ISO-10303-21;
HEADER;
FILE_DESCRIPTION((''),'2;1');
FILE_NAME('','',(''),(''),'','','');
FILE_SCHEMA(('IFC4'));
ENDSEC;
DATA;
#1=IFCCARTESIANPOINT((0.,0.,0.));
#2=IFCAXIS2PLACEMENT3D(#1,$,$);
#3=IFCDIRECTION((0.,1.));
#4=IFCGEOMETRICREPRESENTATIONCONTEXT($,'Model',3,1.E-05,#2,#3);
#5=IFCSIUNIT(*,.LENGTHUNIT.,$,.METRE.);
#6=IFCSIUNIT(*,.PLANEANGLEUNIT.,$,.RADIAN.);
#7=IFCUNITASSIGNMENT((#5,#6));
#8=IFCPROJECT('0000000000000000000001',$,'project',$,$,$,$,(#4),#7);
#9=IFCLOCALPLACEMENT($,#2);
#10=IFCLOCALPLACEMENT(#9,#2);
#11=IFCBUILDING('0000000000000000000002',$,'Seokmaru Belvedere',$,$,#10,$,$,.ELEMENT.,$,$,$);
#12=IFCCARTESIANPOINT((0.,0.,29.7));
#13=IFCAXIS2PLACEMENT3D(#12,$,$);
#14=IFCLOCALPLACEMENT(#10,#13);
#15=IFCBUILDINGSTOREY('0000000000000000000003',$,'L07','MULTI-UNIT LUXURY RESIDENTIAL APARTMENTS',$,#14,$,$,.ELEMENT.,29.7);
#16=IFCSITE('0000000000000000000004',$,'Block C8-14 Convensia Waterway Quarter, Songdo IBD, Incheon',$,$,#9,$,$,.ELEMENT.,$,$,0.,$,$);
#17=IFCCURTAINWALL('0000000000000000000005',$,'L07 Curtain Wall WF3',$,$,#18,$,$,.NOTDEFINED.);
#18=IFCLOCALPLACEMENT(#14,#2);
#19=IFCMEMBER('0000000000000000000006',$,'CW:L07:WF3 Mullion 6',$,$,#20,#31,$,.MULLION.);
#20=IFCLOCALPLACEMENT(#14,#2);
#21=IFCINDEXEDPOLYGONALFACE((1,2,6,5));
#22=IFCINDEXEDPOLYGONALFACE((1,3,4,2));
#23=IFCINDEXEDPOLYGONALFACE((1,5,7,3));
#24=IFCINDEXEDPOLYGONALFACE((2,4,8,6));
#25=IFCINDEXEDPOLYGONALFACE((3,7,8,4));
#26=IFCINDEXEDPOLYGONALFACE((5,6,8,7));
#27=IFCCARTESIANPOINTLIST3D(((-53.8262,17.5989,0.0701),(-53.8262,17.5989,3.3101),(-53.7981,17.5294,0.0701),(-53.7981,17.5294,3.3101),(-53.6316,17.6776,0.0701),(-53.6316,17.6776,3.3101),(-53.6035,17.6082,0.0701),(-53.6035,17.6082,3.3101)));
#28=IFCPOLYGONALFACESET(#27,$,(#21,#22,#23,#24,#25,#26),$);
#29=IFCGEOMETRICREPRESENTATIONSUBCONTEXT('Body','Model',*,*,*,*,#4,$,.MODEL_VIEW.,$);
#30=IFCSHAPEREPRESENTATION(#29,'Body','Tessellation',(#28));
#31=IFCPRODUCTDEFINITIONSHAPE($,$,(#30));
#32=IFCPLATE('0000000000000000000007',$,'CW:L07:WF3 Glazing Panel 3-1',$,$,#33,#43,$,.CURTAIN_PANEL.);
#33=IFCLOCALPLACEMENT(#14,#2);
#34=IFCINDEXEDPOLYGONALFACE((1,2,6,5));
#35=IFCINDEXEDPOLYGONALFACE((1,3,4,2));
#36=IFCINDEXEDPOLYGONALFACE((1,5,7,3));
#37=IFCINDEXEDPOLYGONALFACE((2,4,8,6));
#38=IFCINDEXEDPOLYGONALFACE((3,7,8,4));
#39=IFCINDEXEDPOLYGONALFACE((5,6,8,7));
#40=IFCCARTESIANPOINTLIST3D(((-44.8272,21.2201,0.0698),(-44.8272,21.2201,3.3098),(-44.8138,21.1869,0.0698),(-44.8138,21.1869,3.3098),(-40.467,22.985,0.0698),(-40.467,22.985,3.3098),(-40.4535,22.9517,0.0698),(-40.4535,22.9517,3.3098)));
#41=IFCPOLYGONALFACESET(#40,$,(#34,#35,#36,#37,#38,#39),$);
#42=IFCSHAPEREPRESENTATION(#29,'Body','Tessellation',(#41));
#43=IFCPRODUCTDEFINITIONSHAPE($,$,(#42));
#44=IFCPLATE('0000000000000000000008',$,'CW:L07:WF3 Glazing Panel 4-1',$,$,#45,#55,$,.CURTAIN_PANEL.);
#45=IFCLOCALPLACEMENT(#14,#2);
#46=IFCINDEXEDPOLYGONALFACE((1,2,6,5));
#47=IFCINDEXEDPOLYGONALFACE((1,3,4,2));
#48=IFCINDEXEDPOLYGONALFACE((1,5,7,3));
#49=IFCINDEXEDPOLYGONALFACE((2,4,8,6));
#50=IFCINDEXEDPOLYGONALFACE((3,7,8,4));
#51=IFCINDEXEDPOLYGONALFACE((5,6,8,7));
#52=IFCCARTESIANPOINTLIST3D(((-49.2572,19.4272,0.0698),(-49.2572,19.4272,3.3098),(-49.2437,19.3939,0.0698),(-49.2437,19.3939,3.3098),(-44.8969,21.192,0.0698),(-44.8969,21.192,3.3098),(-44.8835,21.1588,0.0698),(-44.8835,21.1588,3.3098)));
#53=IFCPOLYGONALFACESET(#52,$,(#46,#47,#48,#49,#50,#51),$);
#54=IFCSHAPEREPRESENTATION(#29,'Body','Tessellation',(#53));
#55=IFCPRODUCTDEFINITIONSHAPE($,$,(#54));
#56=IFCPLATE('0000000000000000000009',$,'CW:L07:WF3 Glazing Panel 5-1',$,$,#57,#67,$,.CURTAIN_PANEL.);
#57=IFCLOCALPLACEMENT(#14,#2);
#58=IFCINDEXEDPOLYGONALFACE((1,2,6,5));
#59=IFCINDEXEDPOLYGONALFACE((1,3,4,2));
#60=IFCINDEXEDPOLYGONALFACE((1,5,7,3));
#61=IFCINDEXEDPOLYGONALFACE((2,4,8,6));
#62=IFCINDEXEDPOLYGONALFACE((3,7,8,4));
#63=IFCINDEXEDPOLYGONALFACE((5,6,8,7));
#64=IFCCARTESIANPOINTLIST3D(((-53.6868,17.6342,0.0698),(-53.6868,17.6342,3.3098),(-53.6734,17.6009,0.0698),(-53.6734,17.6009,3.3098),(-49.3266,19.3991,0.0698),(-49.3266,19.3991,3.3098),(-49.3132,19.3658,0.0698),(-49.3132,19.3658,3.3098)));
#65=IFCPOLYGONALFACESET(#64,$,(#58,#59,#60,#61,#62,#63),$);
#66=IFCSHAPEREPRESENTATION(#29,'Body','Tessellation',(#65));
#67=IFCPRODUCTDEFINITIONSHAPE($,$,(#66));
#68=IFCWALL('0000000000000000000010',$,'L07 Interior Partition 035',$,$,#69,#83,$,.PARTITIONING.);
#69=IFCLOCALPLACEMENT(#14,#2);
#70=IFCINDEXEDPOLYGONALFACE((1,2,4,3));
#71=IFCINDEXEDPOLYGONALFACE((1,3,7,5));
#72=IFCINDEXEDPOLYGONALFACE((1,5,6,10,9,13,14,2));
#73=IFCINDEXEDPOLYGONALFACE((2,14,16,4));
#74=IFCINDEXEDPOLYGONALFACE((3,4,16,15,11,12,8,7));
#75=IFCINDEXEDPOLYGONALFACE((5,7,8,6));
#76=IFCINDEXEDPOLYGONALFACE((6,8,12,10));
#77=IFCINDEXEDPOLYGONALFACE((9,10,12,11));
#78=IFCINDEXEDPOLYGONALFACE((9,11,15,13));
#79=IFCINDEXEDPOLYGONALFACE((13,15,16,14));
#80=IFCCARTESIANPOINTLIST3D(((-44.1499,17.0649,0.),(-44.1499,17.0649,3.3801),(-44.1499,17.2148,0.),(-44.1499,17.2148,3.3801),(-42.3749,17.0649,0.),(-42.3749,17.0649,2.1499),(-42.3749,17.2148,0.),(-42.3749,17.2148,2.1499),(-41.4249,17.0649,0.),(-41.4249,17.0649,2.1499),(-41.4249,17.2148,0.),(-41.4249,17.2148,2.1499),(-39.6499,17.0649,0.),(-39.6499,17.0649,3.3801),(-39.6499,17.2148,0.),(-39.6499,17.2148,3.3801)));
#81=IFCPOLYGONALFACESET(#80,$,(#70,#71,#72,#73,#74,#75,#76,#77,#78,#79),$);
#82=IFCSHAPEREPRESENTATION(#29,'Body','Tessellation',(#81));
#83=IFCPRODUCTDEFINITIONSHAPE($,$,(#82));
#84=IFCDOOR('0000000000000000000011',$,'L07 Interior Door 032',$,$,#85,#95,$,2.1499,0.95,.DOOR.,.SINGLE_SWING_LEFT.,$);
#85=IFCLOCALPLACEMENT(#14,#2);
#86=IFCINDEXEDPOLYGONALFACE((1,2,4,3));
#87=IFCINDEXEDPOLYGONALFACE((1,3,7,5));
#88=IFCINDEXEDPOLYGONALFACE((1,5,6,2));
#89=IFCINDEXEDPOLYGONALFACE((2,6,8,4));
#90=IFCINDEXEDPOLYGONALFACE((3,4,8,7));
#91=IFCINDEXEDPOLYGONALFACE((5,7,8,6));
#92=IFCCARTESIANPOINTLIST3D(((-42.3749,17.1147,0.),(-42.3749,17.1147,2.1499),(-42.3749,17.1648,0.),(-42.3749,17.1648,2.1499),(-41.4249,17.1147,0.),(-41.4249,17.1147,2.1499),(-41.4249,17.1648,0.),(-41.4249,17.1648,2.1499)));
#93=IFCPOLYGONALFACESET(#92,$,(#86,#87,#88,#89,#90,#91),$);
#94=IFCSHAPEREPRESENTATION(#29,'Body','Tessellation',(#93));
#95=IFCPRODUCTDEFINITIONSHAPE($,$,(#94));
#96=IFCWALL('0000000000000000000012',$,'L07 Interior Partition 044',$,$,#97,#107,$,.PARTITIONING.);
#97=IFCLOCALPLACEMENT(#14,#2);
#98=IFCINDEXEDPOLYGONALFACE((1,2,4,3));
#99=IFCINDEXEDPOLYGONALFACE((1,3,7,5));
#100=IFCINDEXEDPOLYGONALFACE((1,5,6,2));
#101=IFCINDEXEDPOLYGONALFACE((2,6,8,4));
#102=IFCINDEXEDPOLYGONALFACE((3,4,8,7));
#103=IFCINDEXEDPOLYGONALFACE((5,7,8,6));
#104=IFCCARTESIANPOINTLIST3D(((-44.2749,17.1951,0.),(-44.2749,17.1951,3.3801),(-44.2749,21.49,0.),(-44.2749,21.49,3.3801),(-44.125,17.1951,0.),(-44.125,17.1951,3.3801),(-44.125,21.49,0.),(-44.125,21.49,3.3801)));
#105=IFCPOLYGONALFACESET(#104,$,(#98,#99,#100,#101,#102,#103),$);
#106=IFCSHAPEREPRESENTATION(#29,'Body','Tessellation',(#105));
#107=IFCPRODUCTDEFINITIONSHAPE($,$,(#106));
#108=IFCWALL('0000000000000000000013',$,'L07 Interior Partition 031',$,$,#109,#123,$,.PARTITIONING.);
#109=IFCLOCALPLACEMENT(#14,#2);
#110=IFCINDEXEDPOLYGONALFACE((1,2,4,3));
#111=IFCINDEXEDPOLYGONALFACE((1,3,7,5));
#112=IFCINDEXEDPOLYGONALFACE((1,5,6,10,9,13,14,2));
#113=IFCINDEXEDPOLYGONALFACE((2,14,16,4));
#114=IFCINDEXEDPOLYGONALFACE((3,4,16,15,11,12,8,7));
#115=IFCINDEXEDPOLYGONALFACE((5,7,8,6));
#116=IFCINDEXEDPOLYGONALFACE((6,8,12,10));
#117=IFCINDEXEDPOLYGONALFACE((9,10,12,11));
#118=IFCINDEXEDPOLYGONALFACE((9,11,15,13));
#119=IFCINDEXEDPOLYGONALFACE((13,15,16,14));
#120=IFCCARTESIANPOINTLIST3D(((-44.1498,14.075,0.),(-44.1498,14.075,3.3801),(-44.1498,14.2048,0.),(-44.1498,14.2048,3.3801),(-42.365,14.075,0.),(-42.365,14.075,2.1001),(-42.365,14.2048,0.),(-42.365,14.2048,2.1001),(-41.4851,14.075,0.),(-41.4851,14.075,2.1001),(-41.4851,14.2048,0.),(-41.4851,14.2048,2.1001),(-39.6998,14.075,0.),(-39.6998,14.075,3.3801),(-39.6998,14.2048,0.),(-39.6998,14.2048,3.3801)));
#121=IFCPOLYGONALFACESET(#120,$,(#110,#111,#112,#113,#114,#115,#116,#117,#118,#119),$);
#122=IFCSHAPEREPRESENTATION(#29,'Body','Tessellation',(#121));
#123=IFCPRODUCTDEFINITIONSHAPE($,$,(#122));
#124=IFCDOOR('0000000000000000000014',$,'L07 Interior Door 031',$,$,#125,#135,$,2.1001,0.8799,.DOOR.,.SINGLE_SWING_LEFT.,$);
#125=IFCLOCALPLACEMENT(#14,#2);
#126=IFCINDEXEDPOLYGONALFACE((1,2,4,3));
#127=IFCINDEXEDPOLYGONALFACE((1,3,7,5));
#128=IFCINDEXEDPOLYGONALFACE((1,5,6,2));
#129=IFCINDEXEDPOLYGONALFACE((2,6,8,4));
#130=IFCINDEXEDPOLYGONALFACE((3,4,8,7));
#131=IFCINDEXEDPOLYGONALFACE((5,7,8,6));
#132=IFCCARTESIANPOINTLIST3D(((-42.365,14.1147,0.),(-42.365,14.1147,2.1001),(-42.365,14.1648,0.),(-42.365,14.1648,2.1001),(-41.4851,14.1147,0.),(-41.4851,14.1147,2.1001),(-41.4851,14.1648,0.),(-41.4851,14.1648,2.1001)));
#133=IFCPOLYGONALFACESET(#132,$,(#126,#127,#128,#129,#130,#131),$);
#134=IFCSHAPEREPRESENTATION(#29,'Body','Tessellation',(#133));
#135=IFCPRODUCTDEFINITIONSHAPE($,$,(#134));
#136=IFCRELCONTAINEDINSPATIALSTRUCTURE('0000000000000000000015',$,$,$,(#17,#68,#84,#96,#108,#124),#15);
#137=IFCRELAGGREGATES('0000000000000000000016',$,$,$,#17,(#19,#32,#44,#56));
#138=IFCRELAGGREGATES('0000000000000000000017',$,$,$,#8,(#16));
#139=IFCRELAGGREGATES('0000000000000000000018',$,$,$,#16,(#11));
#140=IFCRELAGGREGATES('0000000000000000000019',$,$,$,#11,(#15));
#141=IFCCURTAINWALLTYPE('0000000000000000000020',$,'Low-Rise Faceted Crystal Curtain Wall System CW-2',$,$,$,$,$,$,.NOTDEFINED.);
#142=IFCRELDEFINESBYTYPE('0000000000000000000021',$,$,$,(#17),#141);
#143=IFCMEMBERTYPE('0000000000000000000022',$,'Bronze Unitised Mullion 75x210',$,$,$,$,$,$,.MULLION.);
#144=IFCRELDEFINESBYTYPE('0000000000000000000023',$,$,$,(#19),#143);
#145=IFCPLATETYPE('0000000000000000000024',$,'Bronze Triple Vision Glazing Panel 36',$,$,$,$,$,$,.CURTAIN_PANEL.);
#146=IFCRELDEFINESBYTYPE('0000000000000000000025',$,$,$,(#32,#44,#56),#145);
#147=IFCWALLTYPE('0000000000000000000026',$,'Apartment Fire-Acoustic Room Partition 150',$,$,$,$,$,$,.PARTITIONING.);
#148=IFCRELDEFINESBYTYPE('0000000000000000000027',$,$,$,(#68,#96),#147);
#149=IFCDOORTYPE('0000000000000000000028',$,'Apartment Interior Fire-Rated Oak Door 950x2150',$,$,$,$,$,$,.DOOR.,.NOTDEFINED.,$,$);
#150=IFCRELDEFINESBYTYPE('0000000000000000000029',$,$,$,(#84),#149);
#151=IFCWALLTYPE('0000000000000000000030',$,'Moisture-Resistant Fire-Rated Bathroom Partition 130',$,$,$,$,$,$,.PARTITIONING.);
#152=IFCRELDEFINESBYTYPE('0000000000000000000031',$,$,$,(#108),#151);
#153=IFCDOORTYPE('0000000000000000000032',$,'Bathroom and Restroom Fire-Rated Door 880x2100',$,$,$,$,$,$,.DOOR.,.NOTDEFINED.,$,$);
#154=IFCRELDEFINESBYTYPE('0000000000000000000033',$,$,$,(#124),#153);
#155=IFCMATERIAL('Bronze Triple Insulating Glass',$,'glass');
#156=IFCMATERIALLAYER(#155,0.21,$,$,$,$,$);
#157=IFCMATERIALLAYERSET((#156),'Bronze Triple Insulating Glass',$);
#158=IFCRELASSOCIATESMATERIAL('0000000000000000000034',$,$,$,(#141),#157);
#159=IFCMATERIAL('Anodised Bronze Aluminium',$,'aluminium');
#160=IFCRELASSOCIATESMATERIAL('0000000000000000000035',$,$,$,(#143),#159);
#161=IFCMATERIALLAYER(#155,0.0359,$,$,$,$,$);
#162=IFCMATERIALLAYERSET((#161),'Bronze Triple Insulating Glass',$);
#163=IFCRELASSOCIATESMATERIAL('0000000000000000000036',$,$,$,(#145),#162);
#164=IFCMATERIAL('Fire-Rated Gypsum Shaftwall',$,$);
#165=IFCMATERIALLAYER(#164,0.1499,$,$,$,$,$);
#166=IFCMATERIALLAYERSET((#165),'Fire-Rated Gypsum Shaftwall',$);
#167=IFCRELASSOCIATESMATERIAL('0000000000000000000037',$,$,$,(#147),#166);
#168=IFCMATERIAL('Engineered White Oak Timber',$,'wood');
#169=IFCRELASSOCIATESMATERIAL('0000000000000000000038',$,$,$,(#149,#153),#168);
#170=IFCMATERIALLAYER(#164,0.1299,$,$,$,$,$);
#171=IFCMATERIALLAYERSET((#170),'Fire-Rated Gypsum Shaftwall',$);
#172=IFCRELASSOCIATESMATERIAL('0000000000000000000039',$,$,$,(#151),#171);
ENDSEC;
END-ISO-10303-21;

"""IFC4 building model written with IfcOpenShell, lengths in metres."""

from ifc_helpers import new_model, si_unit, direction, frame, frame_2d, origin, origin_2d, place, context, subcontext, project, spatial, rectangle, extrude, source, transform, mapped, material, layer, layer_set, material_profile, profile_set, type_object, type_shapes, element, fill, aggregate, save


model = new_model("IFC4")

# Units and contexts
model_context = context("Model", 3, precision=1e-05, world=origin(), true_north=direction((0.0, 1.0)))
body_context = subcontext(model_context, "Body", "Model", "MODEL_VIEW")
ifc_project = project(units=[si_unit("LENGTHUNIT", "METRE"), si_unit("PLANEANGLEUNIT", "RADIAN")], contexts=[model_context])

# Site, building, storey
site_placement = place(None, origin())
site = spatial("IfcSite", under=ifc_project, at=site_placement, Name="Block C8-14 Convensia Waterway Quarter, Songdo IBD, Incheon", CompositionType="ELEMENT", RefElevation=0.0)
building_placement = place(site_placement, origin())
building = spatial("IfcBuilding", under=site, at=building_placement, Name="Seokmaru Belvedere", CompositionType="ELEMENT")
storey_placement = place(building_placement, frame((0.0, 0.0, 29.7)))
storey = spatial("IfcBuildingStorey", under=building, at=storey_placement, Name="L07", Description="MULTI-UNIT LUXURY RESIDENTIAL APARTMENTS", CompositionType="ELEMENT", Elevation=29.7)

# Curtain wall, member, plates
ifc_material_1 = material(Name="Bronze Triple Insulating Glass", Category="glass")
ifc_layer_1 = layer(ifc_material_1, 0.21)
ifc_layer_set_1 = layer_set([ifc_layer_1], Name="Bronze Triple Insulating Glass")
curtain_wall_type = type_object("IfcCurtainWallType", Name="Low-Rise Faceted Crystal Curtain Wall System CW-2", PredefinedType="NOTDEFINED", material=ifc_layer_set_1)
curtain_wall_placement = place(storey_placement, origin())
curtain_wall = element("IfcCurtainWall", 1, at=curtain_wall_placement, inside=storey, type_object=curtain_wall_type, Name="L07 Curtain Wall WF3", PredefinedType="NOTDEFINED")
ifc_material_2 = material(Name="Anodised Bronze Aluminium", Category="aluminium")
ifc_material_profile_1 = material_profile(ifc_material_2, rectangle(XDim=0.075, YDim=0.21, at=origin_2d()), Name="CW-M-75x210")
ifc_profile_set_1 = profile_set([ifc_material_profile_1], Name="Anodised Bronze Aluminium")
member_type = type_object("IfcMemberType", Name="Bronze Unitised Mullion 75x210", PredefinedType="MULLION", material=ifc_profile_set_1)
shared_shape_1 = source(origin(), body_context, "Body", "SweptSolid", [
    extrude(rectangle(XDim=0.075, YDim=0.21, at=origin_2d()), origin(), (0.0, 0.0, 1.0), 3.24),
])
type_shapes(member_type, [shared_shape_1])
member_1_placement = place(storey_placement, frame((-53.7148, 17.6035, 0.0701), z_axis=(0.0, 0.0, 1.0), x_axis=(0.375192, -0.926947, 0.0)))
member_1 = element("IfcMember", 2, at=member_1_placement, type_object=member_type, Name="CW:L07:WF3 Mullion 6", PredefinedType="MULLION", context=body_context, shape_type="MappedRepresentation", body=[
    mapped(shared_shape_1, transform((0.0, 0.0, 0.0), scale=1.0)),
])
ifc_layer_2 = layer(ifc_material_1, 0.0359)
ifc_layer_set_2 = layer_set([ifc_layer_2], Name="Bronze Triple Insulating Glass")
plate_type = type_object("IfcPlateType", Name="Bronze Triple Vision Glazing Panel 36", PredefinedType="CURTAIN_PANEL", material=ifc_layer_set_2)
shared_shape_2 = source(origin(), body_context, "Body", "SweptSolid", [
    extrude(rectangle(XDim=4.7039, YDim=0.0359, at=origin_2d()), origin(), (0.0, 0.0, 1.0), 3.24),
])
type_shapes(plate_type, [shared_shape_2])
plate_1_placement = place(storey_placement, frame((-42.6404, 22.0859, 0.0698), z_axis=(0.0, 0.0, 1.0), x_axis=(-0.926947, -0.375192, 0.0)))
plate_1 = element("IfcPlate", 3, at=plate_1_placement, type_object=plate_type, Name="CW:L07:WF3 Glazing Panel 3-1", PredefinedType="CURTAIN_PANEL", context=body_context, shape_type="MappedRepresentation", body=[
    mapped(shared_shape_2, transform((0.0, 0.0, 0.0), scale=1.0)),
])
plate_2_placement = place(storey_placement, frame((-47.0703, 20.293, 0.0698), z_axis=(0.0, 0.0, 1.0), x_axis=(-0.926947, -0.375192, 0.0)))
plate_2 = element("IfcPlate", 4, at=plate_2_placement, type_object=plate_type, Name="CW:L07:WF3 Glazing Panel 4-1", PredefinedType="CURTAIN_PANEL", context=body_context, shape_type="MappedRepresentation", body=[
    mapped(shared_shape_2, transform((0.0, 0.0, 0.0), scale=1.0)),
])
plate_3_placement = place(storey_placement, frame((-51.5, 18.5, 0.0698), z_axis=(0.0, 0.0, 1.0), x_axis=(-0.926947, -0.375192, 0.0)))
plate_3 = element("IfcPlate", 5, at=plate_3_placement, type_object=plate_type, Name="CW:L07:WF3 Glazing Panel 5-1", PredefinedType="CURTAIN_PANEL", context=body_context, shape_type="MappedRepresentation", body=[
    mapped(shared_shape_2, transform((0.0, 0.0, 0.0), scale=1.0)),
])
aggregate(curtain_wall, [member_1, plate_1, plate_2, plate_3])

# Wall, opening, door
ifc_material_3 = material(Name="Fire-Rated Gypsum Shaftwall")
ifc_layer_3 = layer(ifc_material_3, 0.1499)
ifc_layer_set_3 = layer_set([ifc_layer_3], Name="Fire-Rated Gypsum Shaftwall")
wall_type_1 = type_object("IfcWallType", Name="Apartment Fire-Acoustic Room Partition 150", PredefinedType="PARTITIONING", material=ifc_layer_set_3)
wall_1_placement = place(storey_placement, frame((-44.1499, 17.1399, 0.0), z_axis=(0.0, 0.0, 1.0), x_axis=(1.0, 0.0, 0.0)))
wall_1 = element("IfcWall", 6, at=wall_1_placement, inside=storey, type_object=wall_type_1, Name="L07 Interior Partition 035", PredefinedType="PARTITIONING", context=body_context, shape_type="SweptSolid", body=[
    extrude(rectangle(XDim=4.5, YDim=0.1499, at=frame_2d((2.25, 0.0))), origin(), (0.0, 0.0, 1.0), 3.3801),
])
opening_1_placement = place(wall_1_placement, frame((1.7749, 0.0, 0.0)))
opening_1 = element("IfcOpeningElement", 7, at=opening_1_placement, cuts=wall_1, PredefinedType="OPENING", context=body_context, shape_type="SweptSolid", body=[
    extrude(rectangle(XDim=0.95, YDim=2.1499, at=frame_2d((0.4751, 1.075))), frame((0.0, 0.085, 0.0), z_axis=(0.0, -1.0, 0.0), x_axis=(1.0, 0.0, 0.0)), (0.0, 0.0, 1.0), 0.1699),
])
ifc_material_4 = material(Name="Engineered White Oak Timber", Category="wood")
door_type_1 = type_object("IfcDoorType", Name="Apartment Interior Fire-Rated Oak Door 950x2150", OperationType="NOTDEFINED", PredefinedType="DOOR", material=ifc_material_4)
shared_shape_3 = source(origin(), body_context, "Body", "SweptSolid", [
    extrude(rectangle(XDim=0.95, YDim=2.1499, at=frame_2d((0.4751, 1.075))), frame((0.0, 0.0249, 0.0), z_axis=(0.0, -1.0, 0.0), x_axis=(1.0, 0.0, 0.0)), (0.0, 0.0, 1.0), 0.05),
])
type_shapes(door_type_1, [shared_shape_3])
door_1_placement = place(opening_1_placement, origin())
door_1 = element("IfcDoor", 8, at=door_1_placement, inside=storey, type_object=door_type_1, Name="L07 Interior Door 032", OperationType="SINGLE_SWING_LEFT", OverallHeight=2.1499, OverallWidth=0.95, PredefinedType="DOOR", context=body_context, shape_type="MappedRepresentation", body=[
    mapped(shared_shape_3, transform((0.0, 0.0, 0.0), scale=1.0)),
])
fill(opening_1, door_1)

# Wall
wall_2_placement = place(storey_placement, frame((-44.2, 17.1951, 0.0), z_axis=(0.0, 0.0, 1.0), x_axis=(0.0, 1.0, 0.0)))
element("IfcWall", 9, at=wall_2_placement, inside=storey, type_object=wall_type_1, Name="L07 Interior Partition 044", PredefinedType="PARTITIONING", context=body_context, shape_type="SweptSolid", body=[
    extrude(rectangle(XDim=4.2949, YDim=0.1499, at=frame_2d((2.1475, 0.0))), origin(), (0.0, 0.0, 1.0), 3.3801),
])

# Wall, opening, door
ifc_layer_4 = layer(ifc_material_3, 0.1299)
ifc_layer_set_4 = layer_set([ifc_layer_4], Name="Fire-Rated Gypsum Shaftwall")
wall_type_2 = type_object("IfcWallType", Name="Moisture-Resistant Fire-Rated Bathroom Partition 130", PredefinedType="PARTITIONING", material=ifc_layer_set_4)
wall_3_placement = place(storey_placement, frame((-44.1499, 14.1399, 0.0), z_axis=(0.0, 0.0, 1.0), x_axis=(1.0, 0.0, 0.0)))
wall_3 = element("IfcWall", 10, at=wall_3_placement, inside=storey, type_object=wall_type_2, Name="L07 Interior Partition 031", PredefinedType="PARTITIONING", context=body_context, shape_type="SweptSolid", body=[
    extrude(rectangle(XDim=4.45, YDim=0.1299, at=frame_2d((2.2251, 0.0))), origin(), (0.0, 0.0, 1.0), 3.3801),
])
opening_2_placement = place(wall_3_placement, frame((1.7849, 0.0, 0.0)))
opening_2 = element("IfcOpeningElement", 11, at=opening_2_placement, cuts=wall_3, PredefinedType="OPENING", context=body_context, shape_type="SweptSolid", body=[
    extrude(rectangle(XDim=0.8799, YDim=2.1001, at=frame_2d((0.4399, 1.05))), frame((0.0, 0.075, 0.0), z_axis=(0.0, -1.0, 0.0), x_axis=(1.0, 0.0, 0.0)), (0.0, 0.0, 1.0), 0.1499),
])
door_type_2 = type_object("IfcDoorType", Name="Bathroom and Restroom Fire-Rated Door 880x2100", OperationType="NOTDEFINED", PredefinedType="DOOR", material=ifc_material_4)
shared_shape_4 = source(origin(), body_context, "Body", "SweptSolid", [
    extrude(rectangle(XDim=0.8799, YDim=2.1001, at=frame_2d((0.4399, 1.05))), frame((0.0, 0.0249, 0.0), z_axis=(0.0, -1.0, 0.0), x_axis=(1.0, 0.0, 0.0)), (0.0, 0.0, 1.0), 0.05),
])
type_shapes(door_type_2, [shared_shape_4])
door_2_placement = place(opening_2_placement, origin())
door_2 = element("IfcDoor", 12, at=door_2_placement, inside=storey, type_object=door_type_2, Name="L07 Interior Door 031", OperationType="SINGLE_SWING_LEFT", OverallHeight=2.1001, OverallWidth=0.8799, PredefinedType="DOOR", context=body_context, shape_type="MappedRepresentation", body=[
    mapped(shared_shape_4, transform((0.0, 0.0, 0.0), scale=1.0)),
])
fill(opening_2, door_2)

save(model, "model.ifc")
